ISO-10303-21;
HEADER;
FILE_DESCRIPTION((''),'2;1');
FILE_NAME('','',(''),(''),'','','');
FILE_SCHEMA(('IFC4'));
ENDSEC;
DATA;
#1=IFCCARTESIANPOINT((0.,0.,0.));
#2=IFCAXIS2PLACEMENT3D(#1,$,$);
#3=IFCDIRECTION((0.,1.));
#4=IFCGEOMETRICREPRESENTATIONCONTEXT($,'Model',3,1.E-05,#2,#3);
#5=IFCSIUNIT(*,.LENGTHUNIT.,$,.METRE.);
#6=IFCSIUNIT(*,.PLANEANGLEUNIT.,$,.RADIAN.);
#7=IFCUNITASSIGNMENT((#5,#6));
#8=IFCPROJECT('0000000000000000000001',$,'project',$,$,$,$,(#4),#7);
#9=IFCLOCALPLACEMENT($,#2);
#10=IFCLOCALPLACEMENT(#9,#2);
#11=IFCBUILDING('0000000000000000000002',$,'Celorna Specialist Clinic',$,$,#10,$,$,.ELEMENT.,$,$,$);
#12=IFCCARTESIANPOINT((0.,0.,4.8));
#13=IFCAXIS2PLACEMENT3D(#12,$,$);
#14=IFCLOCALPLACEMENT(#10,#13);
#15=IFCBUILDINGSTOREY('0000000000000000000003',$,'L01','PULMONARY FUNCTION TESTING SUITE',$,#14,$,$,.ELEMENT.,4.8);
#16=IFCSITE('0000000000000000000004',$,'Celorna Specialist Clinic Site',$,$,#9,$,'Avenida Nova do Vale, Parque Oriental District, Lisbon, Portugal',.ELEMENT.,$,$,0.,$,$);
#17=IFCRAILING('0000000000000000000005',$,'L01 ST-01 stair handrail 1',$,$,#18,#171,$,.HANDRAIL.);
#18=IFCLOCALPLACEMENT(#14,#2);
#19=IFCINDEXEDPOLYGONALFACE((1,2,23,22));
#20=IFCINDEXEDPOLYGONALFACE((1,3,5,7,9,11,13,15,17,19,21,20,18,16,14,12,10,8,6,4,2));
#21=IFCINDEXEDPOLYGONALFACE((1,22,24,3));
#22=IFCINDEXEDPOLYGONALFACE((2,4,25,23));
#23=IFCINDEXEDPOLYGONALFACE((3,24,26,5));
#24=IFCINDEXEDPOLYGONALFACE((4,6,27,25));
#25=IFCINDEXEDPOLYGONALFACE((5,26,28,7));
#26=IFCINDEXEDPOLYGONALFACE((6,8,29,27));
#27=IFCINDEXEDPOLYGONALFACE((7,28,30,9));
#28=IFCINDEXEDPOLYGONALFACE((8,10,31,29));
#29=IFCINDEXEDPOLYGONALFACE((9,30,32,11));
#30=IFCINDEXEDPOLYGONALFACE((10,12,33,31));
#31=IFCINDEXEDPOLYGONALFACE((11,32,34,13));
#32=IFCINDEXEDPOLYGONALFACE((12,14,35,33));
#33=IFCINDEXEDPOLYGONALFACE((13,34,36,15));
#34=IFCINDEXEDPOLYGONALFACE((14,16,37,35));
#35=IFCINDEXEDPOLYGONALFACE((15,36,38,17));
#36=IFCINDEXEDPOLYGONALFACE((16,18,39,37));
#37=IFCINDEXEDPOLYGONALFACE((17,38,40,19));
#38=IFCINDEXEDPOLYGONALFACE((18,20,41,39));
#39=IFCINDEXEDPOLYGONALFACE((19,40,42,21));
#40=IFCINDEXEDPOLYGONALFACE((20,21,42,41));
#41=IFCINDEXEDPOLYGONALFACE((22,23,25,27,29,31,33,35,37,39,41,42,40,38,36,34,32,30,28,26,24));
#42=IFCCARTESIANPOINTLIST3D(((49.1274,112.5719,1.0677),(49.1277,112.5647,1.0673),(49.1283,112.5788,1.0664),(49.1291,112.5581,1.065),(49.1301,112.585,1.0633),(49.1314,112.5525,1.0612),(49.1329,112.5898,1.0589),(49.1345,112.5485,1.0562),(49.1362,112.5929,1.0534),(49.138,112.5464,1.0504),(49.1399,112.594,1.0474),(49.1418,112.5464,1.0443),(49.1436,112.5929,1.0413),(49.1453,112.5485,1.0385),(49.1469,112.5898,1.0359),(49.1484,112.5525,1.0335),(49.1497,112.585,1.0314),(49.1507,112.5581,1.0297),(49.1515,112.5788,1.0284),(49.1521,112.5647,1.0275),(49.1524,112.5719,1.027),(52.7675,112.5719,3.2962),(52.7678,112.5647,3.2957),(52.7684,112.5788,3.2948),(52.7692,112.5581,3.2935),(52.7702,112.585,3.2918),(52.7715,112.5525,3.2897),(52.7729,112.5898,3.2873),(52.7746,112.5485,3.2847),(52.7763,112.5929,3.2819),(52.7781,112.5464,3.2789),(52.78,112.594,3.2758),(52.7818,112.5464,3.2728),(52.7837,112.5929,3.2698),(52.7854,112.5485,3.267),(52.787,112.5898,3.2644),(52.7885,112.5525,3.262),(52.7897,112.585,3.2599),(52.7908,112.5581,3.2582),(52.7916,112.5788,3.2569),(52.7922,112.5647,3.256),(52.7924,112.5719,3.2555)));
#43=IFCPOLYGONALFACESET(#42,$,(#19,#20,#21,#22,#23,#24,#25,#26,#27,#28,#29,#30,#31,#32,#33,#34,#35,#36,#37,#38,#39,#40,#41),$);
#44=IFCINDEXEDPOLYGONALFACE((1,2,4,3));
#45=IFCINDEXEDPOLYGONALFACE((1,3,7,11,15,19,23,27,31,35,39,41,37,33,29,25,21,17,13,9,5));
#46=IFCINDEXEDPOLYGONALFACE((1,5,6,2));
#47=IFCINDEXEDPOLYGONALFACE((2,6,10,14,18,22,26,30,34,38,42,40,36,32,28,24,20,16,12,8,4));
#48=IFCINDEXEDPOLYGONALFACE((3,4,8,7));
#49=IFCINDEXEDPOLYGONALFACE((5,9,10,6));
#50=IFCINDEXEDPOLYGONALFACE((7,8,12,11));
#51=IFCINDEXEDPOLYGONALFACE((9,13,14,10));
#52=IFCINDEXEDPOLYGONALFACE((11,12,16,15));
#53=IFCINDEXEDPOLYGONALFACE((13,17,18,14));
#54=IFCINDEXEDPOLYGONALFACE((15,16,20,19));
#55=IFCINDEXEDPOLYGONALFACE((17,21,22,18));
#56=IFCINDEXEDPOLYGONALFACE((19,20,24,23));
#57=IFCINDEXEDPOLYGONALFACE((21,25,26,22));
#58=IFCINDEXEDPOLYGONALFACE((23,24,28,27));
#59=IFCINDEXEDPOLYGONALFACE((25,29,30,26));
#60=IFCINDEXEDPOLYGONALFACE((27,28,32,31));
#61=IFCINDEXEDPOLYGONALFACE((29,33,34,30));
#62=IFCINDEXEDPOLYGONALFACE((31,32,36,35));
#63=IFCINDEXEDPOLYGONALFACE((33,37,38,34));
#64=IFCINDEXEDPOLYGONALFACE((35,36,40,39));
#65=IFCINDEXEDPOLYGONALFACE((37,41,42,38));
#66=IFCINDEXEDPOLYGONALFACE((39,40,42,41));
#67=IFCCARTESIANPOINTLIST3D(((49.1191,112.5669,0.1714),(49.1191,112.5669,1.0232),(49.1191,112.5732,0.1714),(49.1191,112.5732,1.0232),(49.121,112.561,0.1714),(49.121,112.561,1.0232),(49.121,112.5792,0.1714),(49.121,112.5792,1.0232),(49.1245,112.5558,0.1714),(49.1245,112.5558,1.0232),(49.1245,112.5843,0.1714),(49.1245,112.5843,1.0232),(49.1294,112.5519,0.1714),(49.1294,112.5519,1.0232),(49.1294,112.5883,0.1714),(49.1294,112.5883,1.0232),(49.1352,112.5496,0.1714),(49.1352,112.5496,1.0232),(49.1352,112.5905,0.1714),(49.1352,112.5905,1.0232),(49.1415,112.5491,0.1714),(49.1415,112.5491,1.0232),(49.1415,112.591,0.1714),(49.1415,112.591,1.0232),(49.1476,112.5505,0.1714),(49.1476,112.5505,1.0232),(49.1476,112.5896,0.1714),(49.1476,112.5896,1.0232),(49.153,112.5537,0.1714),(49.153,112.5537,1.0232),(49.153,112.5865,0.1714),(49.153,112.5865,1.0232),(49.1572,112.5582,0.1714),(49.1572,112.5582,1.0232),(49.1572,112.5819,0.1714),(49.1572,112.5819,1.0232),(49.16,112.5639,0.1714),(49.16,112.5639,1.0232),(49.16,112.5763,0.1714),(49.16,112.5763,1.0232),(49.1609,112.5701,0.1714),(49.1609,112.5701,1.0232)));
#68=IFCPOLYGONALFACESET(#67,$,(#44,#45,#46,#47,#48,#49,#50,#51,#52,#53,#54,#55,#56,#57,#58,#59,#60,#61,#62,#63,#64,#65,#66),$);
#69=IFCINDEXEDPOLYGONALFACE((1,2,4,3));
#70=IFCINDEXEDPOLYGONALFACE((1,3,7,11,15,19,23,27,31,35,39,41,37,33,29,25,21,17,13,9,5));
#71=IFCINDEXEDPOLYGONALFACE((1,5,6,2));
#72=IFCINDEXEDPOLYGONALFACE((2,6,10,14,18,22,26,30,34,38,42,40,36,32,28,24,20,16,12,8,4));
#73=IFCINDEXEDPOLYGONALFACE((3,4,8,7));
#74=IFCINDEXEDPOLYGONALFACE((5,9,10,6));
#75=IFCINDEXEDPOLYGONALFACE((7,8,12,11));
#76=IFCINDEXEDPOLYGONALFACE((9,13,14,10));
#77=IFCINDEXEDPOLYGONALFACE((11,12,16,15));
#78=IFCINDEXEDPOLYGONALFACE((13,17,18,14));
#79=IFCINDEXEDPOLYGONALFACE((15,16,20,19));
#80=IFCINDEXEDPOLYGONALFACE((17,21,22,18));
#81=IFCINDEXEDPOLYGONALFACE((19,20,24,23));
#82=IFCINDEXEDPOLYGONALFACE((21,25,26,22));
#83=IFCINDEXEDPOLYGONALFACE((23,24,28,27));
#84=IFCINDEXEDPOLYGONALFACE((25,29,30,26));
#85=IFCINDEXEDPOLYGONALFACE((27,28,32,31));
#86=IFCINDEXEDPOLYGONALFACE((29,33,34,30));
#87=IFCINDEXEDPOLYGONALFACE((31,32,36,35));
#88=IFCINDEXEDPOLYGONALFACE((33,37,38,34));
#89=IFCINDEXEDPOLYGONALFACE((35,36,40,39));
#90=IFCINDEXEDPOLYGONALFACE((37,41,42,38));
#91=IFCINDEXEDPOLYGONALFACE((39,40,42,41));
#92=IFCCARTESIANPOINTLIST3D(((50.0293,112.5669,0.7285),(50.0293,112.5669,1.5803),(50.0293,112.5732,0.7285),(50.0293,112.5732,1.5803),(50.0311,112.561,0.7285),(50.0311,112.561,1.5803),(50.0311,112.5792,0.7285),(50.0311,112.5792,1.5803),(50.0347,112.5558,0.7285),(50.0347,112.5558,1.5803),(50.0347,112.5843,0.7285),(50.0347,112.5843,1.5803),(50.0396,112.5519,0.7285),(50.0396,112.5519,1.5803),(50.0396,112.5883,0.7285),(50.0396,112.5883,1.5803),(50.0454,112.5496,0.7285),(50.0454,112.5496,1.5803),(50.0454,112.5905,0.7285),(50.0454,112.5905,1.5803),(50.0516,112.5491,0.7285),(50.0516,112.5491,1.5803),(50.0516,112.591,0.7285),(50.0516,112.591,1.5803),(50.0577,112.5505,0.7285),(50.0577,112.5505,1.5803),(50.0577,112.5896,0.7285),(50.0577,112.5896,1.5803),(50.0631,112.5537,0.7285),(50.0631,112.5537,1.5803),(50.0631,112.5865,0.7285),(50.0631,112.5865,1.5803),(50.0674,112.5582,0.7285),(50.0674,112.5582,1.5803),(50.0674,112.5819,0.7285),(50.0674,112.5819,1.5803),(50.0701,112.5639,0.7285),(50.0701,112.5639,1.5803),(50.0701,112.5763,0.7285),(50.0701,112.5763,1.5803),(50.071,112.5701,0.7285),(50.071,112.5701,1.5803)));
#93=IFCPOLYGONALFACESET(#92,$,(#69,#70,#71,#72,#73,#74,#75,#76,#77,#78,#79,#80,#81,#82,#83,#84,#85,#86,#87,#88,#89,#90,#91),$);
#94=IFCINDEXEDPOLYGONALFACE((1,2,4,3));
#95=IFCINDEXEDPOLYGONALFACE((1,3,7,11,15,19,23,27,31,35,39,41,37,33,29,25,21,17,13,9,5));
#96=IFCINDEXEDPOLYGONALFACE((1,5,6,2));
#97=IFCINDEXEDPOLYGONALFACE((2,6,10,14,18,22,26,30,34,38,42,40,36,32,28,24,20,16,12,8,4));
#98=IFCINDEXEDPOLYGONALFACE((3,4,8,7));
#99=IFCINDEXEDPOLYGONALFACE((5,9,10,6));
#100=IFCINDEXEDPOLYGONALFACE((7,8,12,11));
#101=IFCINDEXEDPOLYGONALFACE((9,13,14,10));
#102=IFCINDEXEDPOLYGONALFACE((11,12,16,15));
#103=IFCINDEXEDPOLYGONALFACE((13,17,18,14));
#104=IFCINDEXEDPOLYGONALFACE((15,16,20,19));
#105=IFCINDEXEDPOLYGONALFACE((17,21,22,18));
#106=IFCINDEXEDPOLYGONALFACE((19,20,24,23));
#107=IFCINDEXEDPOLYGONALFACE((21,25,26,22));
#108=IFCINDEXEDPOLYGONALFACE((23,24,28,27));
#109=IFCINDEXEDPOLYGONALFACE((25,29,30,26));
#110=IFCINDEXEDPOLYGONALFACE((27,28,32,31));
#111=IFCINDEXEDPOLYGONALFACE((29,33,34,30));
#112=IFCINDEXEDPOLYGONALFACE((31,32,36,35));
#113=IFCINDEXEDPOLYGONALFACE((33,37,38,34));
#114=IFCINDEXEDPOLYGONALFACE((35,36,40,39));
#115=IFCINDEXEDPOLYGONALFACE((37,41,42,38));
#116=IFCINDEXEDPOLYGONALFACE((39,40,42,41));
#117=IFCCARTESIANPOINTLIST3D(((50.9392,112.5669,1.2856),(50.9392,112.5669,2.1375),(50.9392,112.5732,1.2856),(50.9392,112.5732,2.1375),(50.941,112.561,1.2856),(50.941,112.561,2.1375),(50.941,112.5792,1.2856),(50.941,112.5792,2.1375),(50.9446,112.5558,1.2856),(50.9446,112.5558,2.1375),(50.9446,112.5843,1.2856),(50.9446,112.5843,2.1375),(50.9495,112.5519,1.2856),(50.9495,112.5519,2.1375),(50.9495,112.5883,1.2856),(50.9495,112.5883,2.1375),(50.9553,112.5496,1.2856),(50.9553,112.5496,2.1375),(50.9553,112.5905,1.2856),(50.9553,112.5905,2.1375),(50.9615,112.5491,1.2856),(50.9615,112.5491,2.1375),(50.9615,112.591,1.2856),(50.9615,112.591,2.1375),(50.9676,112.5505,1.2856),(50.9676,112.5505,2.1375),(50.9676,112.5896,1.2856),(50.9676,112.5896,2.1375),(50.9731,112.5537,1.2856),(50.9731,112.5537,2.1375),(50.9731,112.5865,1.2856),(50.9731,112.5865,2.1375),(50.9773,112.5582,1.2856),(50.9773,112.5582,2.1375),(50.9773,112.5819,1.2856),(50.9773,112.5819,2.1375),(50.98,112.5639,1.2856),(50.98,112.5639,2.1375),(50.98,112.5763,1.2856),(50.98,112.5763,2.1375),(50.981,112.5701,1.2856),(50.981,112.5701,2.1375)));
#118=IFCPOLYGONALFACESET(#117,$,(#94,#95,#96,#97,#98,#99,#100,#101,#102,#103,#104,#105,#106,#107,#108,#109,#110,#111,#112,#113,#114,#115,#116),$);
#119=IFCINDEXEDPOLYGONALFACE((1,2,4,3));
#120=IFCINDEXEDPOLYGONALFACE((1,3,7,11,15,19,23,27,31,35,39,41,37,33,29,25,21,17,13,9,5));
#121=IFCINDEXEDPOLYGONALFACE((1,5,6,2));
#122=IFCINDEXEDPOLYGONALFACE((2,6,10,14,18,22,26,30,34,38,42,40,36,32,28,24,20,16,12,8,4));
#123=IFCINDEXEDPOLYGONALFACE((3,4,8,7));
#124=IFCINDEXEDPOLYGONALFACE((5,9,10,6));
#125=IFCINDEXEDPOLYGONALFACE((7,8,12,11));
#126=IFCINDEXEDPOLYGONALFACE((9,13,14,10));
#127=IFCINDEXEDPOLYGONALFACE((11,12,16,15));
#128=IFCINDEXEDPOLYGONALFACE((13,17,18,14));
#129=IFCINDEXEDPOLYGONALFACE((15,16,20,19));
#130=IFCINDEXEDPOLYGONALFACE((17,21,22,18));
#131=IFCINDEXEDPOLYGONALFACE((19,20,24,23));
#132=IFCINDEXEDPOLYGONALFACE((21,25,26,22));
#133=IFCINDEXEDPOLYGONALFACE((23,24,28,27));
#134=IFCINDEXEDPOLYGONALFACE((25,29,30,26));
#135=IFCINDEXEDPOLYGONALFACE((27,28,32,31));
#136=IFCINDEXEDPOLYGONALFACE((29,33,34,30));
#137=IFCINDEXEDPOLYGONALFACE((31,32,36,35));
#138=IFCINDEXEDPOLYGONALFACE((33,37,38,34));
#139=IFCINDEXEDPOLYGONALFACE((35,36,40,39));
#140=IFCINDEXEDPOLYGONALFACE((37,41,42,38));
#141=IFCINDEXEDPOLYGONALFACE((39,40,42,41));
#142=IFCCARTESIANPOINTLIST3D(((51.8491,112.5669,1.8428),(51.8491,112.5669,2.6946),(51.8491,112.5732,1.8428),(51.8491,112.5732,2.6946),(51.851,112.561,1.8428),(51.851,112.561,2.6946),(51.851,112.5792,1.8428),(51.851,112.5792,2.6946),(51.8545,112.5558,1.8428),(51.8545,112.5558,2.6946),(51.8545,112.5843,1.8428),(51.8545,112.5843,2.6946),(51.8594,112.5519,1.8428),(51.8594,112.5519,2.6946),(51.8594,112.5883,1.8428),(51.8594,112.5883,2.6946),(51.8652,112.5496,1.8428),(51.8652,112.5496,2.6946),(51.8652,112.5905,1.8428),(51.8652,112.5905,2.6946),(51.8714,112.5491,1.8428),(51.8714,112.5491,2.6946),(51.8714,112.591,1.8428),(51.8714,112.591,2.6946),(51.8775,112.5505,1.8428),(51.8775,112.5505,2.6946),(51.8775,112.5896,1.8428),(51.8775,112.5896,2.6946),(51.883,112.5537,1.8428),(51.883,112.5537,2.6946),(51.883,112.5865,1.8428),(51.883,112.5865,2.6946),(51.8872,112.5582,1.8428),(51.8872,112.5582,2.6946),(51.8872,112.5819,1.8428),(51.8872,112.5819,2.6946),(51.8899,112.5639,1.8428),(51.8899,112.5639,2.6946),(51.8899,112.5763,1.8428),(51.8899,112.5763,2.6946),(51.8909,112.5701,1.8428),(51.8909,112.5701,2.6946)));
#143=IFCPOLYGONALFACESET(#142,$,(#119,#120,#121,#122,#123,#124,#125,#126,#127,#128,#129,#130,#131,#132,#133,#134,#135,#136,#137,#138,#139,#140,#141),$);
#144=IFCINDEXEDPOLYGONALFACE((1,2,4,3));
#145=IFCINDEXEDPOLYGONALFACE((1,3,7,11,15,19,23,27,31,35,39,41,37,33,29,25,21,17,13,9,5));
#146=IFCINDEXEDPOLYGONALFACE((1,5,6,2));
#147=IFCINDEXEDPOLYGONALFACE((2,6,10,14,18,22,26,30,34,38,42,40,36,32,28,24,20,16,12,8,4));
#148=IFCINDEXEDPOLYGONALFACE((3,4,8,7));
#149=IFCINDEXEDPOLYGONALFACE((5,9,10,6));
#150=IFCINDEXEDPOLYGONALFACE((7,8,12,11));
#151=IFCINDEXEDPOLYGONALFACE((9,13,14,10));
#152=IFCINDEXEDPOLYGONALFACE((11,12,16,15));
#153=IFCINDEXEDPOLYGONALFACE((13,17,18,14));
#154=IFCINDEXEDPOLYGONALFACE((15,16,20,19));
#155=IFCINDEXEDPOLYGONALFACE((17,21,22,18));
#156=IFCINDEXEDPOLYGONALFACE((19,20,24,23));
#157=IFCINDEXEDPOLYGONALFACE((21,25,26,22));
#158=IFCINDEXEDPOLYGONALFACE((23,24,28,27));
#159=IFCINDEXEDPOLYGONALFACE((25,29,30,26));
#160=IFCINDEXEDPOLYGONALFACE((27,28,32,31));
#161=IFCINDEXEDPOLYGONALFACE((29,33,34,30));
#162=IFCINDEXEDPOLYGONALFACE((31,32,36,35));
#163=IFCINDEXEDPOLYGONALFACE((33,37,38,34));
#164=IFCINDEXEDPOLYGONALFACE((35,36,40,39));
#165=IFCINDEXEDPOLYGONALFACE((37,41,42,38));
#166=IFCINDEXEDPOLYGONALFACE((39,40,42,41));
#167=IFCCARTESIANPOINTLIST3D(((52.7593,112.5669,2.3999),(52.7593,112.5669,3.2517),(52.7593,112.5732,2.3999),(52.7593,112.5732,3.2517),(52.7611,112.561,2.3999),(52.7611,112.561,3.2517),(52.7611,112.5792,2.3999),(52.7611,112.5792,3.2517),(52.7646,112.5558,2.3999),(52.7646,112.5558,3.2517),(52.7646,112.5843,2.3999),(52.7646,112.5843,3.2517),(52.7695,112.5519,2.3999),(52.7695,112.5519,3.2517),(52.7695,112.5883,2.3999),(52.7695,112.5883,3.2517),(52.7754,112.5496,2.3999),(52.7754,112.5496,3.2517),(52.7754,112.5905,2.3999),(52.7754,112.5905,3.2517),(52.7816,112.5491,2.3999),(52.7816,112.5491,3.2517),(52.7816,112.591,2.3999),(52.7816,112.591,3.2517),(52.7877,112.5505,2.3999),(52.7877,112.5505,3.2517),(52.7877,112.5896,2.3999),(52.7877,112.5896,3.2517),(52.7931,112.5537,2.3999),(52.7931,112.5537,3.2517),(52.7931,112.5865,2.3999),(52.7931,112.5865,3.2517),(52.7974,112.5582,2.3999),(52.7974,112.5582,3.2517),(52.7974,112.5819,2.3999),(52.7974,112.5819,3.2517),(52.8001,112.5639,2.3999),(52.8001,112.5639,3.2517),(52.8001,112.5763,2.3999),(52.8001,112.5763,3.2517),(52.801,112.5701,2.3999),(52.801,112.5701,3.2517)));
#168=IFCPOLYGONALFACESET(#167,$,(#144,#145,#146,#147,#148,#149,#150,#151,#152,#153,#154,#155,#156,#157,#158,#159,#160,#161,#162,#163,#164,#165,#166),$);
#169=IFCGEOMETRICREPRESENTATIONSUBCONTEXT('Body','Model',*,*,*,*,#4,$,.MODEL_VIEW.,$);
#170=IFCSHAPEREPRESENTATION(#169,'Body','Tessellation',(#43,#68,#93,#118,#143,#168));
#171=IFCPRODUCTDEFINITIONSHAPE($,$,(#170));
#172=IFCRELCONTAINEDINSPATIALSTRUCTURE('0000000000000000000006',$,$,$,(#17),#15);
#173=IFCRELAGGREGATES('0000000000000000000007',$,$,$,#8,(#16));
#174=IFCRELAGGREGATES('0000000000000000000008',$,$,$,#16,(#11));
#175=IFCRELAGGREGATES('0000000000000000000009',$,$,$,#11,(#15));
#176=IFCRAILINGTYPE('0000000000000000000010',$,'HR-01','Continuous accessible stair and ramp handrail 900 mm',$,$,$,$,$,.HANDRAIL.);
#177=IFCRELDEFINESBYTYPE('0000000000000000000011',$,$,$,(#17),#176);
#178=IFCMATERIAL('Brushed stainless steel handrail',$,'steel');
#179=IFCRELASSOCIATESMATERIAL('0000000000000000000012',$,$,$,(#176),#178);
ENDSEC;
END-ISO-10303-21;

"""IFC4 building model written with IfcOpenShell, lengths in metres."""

from ifc_helpers import new_model, si_unit, direction, frame, origin, origin_2d, place, context, subcontext, project, spatial, circle, extrude, material, type_object, element, save


model = new_model("IFC4")

# Units and contexts
model_context = context("Model", 3, precision=1e-05, world=origin(), true_north=direction((0.0, 1.0)))
body_context = subcontext(model_context, "Body", "Model", "MODEL_VIEW")
ifc_project = project(units=[si_unit("LENGTHUNIT", "METRE"), si_unit("PLANEANGLEUNIT", "RADIAN")], contexts=[model_context])

# Site, building, storey
site_placement = place(None, origin())
site = spatial("IfcSite", under=ifc_project, at=site_placement, Name="Celorna Specialist Clinic Site", LongName="Avenida Nova do Vale, Parque Oriental District, Lisbon, Portugal", CompositionType="ELEMENT", RefElevation=0.0)
building_placement = place(site_placement, origin())
building = spatial("IfcBuilding", under=site, at=building_placement, Name="Celorna Specialist Clinic", CompositionType="ELEMENT")
storey_placement = place(building_placement, frame((0.0, 0.0, 4.8)))
storey = spatial("IfcBuildingStorey", under=building, at=storey_placement, Name="L01", Description="PULMONARY FUNCTION TESTING SUITE", CompositionType="ELEMENT", Elevation=4.8)

# Railing
ifc_material_1 = material(Name="Brushed stainless steel handrail", Category="steel")
railing_type_1 = type_object("IfcRailingType", Name="HR-01", Description="Continuous accessible stair and ramp handrail 900 mm", PredefinedType="HANDRAIL", material=ifc_material_1)
railing_1_placement = place(storey_placement, frame((49.1399, 112.5701, 0.1714)))
element("IfcRailing", 1, at=railing_1_placement, inside=storey, type_object=railing_type_1, Name="L01 ST-01 stair handrail 1", PredefinedType="HANDRAIL", context=body_context, shape_type="SweptSolid", body=[
    extrude(circle(Radius=0.0239, at=origin_2d()), frame((0.0, 0.0, 0.876), z_axis=(0.852866, 0.0, 0.52213), x_axis=(0.0, 1.0, 0.0)), (0.0, 0.0, 1.0), 4.2681),
    extrude(circle(Radius=0.021, at=origin_2d()), origin(), (0.0, 0.0, 1.0), 0.8518),
    extrude(circle(Radius=0.021, at=origin_2d()), frame((0.9102, 0.0, 0.5571)), (0.0, 0.0, 1.0), 0.8518),
    extrude(circle(Radius=0.021, at=origin_2d()), frame((1.8201, 0.0, 1.1143)), (0.0, 0.0, 1.0), 0.8518),
    extrude(circle(Radius=0.021, at=origin_2d()), frame((2.73, 0.0, 1.6714)), (0.0, 0.0, 1.0), 0.8518),
    extrude(circle(Radius=0.021, at=origin_2d()), frame((3.6401, 0.0, 2.2285)), (0.0, 0.0, 1.0), 0.8518),
])

save(model, "model.ifc")
